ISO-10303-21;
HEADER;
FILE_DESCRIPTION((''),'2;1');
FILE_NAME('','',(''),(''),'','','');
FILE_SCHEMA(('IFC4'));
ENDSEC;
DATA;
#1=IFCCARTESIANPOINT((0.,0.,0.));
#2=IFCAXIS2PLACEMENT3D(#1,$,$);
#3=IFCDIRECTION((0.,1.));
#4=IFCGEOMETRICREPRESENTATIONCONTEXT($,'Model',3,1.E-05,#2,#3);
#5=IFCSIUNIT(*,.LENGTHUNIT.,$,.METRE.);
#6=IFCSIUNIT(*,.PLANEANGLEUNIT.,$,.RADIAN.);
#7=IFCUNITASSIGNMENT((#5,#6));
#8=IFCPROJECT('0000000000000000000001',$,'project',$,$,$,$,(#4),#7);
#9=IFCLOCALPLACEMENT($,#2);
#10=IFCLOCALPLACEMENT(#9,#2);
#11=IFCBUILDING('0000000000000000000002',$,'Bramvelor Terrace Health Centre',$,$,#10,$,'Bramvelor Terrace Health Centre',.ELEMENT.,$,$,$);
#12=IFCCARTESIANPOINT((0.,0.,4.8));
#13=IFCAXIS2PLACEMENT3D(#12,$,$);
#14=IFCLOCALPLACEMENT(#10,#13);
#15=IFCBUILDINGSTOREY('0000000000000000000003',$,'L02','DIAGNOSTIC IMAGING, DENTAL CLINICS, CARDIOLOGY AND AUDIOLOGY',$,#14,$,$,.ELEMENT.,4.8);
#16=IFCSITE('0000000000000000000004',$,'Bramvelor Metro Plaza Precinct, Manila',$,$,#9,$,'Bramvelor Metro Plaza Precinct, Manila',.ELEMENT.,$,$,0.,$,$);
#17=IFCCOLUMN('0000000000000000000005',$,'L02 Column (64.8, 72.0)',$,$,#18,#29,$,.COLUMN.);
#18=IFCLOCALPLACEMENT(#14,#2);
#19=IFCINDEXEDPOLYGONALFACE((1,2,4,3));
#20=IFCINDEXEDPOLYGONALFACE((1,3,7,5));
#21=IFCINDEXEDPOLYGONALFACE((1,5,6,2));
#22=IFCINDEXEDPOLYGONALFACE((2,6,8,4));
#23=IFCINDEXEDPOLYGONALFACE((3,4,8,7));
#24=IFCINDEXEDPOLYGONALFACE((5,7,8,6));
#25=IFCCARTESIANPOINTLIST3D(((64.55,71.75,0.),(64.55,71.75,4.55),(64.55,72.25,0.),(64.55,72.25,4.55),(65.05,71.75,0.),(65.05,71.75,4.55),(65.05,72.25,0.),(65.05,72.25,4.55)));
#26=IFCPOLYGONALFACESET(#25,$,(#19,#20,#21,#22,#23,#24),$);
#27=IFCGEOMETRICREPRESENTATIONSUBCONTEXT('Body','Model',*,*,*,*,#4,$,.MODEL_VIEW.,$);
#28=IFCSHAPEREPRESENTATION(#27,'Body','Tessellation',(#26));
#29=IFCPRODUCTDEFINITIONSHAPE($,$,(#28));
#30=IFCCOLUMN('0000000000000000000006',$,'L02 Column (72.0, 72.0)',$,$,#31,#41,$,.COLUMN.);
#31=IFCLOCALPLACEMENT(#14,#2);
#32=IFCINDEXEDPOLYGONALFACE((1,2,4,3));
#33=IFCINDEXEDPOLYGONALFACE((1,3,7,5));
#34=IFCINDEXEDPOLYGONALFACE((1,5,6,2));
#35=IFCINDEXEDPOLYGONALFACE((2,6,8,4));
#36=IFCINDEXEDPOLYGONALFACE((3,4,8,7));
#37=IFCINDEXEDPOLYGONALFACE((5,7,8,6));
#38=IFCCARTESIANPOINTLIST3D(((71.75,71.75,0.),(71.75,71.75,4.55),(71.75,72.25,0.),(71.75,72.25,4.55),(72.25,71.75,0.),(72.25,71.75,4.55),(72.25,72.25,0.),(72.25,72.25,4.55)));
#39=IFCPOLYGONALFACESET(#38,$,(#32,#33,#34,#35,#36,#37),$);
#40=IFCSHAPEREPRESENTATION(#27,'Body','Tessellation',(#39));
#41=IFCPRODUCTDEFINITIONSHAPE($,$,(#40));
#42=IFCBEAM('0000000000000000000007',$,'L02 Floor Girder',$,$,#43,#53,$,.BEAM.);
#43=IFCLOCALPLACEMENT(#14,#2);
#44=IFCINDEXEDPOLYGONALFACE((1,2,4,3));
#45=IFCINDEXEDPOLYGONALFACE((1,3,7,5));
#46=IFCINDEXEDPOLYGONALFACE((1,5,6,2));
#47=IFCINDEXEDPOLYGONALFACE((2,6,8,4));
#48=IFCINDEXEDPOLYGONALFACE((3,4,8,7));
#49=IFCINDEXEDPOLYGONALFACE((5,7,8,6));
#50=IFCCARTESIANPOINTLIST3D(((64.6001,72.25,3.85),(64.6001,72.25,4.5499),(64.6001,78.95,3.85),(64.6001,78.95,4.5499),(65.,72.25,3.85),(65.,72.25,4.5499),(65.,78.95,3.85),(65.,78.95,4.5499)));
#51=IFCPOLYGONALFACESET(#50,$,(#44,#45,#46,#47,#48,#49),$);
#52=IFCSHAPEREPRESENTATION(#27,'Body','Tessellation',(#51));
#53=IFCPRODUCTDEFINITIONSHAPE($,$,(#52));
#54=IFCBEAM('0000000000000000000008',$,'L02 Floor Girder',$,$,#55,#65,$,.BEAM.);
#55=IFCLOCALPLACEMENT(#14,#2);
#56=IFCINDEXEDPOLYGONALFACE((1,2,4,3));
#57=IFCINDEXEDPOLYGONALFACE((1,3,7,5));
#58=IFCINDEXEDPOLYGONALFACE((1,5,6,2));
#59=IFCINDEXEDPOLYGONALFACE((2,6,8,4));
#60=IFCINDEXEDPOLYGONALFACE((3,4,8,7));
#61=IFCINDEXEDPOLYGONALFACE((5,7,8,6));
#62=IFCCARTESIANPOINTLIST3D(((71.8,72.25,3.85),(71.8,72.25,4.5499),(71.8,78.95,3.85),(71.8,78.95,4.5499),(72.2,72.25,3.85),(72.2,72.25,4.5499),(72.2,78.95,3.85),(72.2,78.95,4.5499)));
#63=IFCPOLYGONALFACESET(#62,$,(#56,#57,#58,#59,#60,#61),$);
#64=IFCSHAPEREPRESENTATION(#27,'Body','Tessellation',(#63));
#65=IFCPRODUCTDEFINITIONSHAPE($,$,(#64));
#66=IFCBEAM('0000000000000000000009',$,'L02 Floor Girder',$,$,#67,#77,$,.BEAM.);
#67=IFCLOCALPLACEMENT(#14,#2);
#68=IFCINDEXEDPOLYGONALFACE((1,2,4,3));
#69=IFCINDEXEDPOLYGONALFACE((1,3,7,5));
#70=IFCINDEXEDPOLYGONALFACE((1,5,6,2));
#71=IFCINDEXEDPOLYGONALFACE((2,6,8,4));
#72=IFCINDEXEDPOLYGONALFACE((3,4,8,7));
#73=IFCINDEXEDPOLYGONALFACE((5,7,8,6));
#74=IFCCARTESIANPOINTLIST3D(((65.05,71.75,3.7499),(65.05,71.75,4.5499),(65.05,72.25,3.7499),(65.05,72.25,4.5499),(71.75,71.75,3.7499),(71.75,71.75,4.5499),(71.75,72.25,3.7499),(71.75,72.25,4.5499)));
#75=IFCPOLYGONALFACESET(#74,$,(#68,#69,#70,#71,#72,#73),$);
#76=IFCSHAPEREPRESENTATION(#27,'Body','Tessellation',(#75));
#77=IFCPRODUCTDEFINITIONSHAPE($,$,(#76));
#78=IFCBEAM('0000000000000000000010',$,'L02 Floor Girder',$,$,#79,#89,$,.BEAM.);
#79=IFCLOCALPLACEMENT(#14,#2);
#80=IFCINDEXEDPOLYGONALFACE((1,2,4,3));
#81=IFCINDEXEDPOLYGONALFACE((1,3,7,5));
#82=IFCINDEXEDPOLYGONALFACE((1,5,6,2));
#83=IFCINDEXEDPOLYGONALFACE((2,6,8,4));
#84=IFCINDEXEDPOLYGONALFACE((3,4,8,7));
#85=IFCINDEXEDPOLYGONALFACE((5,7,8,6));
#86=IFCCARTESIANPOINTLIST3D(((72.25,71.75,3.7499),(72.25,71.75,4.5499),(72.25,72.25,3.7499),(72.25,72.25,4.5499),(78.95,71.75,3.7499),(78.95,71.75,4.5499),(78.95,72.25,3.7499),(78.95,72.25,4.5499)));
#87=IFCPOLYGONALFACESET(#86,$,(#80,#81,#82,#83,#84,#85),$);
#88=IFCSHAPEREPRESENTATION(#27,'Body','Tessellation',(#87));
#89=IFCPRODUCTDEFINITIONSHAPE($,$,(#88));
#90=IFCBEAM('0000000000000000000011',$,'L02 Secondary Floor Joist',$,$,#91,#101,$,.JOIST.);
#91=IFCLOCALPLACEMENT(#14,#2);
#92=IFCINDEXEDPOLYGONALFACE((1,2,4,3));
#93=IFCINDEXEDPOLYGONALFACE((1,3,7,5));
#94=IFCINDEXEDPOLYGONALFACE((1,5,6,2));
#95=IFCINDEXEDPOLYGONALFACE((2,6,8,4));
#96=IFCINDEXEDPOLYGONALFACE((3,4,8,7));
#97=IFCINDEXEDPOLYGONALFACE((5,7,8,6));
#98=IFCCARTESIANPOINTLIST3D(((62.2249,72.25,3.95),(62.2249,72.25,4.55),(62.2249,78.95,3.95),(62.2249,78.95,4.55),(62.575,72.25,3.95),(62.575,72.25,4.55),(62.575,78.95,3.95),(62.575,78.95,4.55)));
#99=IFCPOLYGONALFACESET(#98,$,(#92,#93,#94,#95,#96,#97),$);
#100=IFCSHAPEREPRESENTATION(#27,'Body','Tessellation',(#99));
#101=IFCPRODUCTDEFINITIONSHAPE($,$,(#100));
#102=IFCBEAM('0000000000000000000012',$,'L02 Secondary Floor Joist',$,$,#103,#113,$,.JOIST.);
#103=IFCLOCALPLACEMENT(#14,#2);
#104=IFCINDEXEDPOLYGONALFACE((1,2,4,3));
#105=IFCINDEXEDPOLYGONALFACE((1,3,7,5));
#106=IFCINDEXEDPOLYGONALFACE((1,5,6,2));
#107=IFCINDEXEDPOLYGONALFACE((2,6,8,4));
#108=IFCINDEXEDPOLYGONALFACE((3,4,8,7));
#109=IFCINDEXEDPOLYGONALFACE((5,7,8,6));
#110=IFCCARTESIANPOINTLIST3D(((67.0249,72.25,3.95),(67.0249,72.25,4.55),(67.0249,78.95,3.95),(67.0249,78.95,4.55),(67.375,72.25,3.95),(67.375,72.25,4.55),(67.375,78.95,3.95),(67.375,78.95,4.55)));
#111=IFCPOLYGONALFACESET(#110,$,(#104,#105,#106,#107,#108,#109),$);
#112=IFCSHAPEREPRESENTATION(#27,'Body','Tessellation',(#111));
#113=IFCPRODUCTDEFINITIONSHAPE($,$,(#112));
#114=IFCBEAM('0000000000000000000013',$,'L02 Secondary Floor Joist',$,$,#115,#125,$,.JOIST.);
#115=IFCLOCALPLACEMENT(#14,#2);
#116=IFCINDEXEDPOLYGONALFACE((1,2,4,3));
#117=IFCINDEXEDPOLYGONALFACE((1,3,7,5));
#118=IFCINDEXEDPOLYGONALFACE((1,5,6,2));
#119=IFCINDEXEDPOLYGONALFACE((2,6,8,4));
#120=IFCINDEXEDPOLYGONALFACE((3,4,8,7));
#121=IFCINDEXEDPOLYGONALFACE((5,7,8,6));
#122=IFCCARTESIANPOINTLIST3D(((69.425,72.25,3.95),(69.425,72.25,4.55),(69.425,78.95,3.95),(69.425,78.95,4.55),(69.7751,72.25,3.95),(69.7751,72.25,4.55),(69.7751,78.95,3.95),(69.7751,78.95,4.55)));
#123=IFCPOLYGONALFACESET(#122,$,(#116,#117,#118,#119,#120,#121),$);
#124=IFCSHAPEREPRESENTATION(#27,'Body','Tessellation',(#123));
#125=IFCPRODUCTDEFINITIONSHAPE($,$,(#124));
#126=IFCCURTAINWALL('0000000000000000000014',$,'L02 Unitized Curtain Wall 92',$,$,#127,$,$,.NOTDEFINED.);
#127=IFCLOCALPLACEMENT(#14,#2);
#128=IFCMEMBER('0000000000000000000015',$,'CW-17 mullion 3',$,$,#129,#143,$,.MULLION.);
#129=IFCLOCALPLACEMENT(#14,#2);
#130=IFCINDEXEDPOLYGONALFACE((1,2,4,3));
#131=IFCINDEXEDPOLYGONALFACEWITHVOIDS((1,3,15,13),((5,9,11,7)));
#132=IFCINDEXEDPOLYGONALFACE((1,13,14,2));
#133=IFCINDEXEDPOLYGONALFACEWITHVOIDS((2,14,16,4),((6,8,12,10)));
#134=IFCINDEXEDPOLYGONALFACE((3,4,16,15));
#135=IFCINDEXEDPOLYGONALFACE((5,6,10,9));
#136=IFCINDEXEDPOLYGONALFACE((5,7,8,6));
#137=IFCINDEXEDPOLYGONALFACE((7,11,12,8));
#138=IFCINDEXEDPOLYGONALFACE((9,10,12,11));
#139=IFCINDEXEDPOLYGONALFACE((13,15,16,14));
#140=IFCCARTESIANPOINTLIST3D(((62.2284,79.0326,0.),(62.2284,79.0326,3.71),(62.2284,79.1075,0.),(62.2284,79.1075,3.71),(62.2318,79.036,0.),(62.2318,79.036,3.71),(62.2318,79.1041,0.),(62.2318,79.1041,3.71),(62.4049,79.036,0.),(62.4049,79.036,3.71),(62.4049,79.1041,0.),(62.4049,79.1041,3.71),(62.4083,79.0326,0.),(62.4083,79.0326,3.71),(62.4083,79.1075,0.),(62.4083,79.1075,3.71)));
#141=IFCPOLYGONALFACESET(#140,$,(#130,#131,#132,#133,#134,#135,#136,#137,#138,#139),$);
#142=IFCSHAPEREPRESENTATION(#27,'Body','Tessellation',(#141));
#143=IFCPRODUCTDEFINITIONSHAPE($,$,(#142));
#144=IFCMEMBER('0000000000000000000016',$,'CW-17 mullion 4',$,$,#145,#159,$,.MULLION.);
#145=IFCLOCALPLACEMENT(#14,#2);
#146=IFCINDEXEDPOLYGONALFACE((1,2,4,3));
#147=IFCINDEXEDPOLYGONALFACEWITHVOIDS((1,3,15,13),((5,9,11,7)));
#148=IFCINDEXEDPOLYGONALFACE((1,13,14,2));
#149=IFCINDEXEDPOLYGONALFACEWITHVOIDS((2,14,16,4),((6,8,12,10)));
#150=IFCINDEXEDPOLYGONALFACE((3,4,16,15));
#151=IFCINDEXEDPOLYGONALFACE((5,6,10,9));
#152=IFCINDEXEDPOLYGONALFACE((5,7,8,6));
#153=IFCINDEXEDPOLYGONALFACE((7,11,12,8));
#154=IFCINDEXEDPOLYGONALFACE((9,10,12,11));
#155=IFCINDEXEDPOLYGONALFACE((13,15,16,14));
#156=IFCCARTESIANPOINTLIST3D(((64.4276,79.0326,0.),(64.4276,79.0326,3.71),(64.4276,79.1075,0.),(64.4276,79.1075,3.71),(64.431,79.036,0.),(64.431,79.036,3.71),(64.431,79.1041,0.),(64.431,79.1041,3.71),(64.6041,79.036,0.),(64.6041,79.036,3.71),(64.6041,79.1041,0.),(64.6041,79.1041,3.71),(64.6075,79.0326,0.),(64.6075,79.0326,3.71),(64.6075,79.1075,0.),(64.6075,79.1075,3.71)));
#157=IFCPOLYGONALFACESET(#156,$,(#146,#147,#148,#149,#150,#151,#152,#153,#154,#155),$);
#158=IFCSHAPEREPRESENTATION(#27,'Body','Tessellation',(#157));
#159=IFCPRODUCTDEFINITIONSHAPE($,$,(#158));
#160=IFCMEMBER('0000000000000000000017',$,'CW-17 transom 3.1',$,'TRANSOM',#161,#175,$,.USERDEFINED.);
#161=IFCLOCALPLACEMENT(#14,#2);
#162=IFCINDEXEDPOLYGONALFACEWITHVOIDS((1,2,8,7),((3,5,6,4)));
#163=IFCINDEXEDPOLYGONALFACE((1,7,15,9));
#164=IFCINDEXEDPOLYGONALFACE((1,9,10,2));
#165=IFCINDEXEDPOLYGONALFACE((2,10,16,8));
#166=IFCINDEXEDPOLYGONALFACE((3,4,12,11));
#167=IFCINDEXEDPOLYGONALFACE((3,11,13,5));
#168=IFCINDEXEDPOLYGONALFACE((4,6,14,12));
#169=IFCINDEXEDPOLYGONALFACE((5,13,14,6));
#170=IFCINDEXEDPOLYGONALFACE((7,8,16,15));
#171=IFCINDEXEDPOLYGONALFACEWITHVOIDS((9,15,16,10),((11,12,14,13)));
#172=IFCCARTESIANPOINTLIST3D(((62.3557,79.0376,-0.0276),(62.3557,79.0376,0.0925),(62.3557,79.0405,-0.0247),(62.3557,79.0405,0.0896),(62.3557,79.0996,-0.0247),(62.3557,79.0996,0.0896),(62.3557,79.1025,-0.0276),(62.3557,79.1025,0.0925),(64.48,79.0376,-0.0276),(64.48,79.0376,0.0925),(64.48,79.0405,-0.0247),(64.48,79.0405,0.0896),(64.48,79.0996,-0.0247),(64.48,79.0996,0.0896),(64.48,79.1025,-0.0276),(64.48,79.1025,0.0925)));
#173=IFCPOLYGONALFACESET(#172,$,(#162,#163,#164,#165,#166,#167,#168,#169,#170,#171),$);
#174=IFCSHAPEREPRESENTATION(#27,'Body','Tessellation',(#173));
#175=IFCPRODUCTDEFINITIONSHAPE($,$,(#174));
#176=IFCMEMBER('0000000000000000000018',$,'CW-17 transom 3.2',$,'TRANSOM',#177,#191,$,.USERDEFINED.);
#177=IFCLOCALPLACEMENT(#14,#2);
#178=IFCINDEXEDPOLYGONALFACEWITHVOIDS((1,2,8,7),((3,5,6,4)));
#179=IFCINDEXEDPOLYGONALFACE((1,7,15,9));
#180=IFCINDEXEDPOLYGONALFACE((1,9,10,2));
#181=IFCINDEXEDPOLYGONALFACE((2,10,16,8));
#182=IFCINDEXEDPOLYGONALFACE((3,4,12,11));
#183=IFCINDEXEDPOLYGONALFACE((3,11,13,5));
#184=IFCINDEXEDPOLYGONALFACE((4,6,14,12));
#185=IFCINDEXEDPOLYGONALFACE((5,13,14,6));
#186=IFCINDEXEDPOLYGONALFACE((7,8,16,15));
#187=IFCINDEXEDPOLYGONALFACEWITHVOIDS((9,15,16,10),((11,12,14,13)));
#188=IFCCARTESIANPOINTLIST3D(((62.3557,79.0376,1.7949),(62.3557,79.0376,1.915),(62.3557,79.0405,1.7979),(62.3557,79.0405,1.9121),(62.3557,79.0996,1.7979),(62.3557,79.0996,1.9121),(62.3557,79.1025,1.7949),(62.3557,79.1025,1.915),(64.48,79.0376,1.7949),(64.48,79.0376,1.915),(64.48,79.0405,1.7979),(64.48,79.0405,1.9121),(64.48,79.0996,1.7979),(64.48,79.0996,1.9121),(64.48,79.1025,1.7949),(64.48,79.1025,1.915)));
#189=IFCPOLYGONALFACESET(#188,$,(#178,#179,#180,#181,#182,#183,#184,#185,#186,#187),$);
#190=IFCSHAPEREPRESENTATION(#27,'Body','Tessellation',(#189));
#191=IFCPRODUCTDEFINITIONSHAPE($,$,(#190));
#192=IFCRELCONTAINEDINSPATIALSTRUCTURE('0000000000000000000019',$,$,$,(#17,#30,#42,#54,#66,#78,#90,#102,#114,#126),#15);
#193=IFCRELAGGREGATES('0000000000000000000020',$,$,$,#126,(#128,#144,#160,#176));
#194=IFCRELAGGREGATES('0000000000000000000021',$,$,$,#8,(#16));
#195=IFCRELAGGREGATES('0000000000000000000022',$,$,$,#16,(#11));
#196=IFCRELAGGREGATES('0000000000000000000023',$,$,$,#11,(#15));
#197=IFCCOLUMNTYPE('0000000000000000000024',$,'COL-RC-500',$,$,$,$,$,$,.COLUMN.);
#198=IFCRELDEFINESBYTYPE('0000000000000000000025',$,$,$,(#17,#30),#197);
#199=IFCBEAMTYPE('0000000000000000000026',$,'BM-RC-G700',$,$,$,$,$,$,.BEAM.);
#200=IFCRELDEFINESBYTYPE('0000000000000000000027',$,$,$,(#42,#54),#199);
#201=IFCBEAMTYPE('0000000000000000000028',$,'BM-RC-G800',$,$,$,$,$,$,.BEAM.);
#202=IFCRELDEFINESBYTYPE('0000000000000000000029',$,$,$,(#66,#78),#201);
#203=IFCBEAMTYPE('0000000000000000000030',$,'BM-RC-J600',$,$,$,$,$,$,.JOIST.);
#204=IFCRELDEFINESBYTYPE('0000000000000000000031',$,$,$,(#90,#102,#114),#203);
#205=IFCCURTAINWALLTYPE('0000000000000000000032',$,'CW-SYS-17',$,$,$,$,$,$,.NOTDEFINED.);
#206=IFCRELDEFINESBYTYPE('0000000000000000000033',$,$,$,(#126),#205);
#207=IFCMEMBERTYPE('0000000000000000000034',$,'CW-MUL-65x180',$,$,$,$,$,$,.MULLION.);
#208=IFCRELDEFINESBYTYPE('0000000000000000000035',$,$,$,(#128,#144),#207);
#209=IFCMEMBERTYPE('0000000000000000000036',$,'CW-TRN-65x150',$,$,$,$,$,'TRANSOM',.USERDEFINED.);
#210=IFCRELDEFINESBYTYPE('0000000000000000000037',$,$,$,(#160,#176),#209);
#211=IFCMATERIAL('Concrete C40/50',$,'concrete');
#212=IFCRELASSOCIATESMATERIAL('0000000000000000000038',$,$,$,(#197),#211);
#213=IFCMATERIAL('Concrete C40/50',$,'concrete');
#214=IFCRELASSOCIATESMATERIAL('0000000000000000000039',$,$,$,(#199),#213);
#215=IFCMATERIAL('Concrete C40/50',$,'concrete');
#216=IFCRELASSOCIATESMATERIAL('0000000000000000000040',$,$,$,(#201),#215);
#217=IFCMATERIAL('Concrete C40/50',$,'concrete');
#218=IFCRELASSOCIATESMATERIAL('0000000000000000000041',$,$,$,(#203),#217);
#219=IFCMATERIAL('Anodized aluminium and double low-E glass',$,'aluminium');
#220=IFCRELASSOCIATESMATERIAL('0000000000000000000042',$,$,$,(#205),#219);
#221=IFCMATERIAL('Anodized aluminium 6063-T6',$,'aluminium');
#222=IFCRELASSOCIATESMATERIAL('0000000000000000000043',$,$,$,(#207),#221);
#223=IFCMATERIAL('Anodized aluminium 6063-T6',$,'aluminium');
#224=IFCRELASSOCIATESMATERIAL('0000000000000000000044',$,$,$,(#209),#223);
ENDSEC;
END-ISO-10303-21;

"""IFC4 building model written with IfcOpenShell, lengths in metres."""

from ifc_helpers import new_model, si_unit, direction, frame, origin, origin_2d, place, context, subcontext, project, spatial, rectangle, hollow_rectangle, extrude, material, material_profile, profile_set, type_object, element, aggregate, save


model = new_model("IFC4")

# Units and contexts
model_context = context("Model", 3, precision=1e-05, world=origin(), true_north=direction((0.0, 1.0)))
body_context = subcontext(model_context, "Body", "Model", "MODEL_VIEW")
ifc_project = project(units=[si_unit("LENGTHUNIT", "METRE"), si_unit("PLANEANGLEUNIT", "RADIAN")], contexts=[model_context])

# Site, building, storey
site_placement = place(None, origin())
site = spatial("IfcSite", under=ifc_project, at=site_placement, Name="Bramvelor Metro Plaza Precinct, Manila", LongName="Bramvelor Metro Plaza Precinct, Manila", CompositionType="ELEMENT", RefElevation=0.0)
building_placement = place(site_placement, origin())
building = spatial("IfcBuilding", under=site, at=building_placement, Name="Bramvelor Terrace Health Centre", LongName="Bramvelor Terrace Health Centre", CompositionType="ELEMENT")
storey_placement = place(building_placement, frame((0.0, 0.0, 4.8)))
storey = spatial("IfcBuildingStorey", under=building, at=storey_placement, Name="L02", Description="DIAGNOSTIC IMAGING, DENTAL CLINICS, CARDIOLOGY AND AUDIOLOGY", CompositionType="ELEMENT", Elevation=4.8)

# Columns
ifc_material_1 = material(Name="Concrete C40/50", Category="concrete")
ifc_material_profile_1 = material_profile(ifc_material_1, rectangle(XDim=0.5, YDim=0.5, at=origin_2d()), Name="RC 500x500")
ifc_profile_set_1 = profile_set([ifc_material_profile_1], Name="Concrete C40/50")
column_type = type_object("IfcColumnType", Name="COL-RC-500", PredefinedType="COLUMN", material=ifc_profile_set_1)
for number, where, z_axis, x_axis, name in (
    (1, (64.8, 72.0, 0.0), (0.0, 0.0, 1.0), (1.0, 0.0, 0.0), "L02 Column (64.8, 72.0)"),
    (2, (72.0, 72.0, 0.0), (0.0, 0.0, 1.0), (1.0, 0.0, 0.0), "L02 Column (72.0, 72.0)"),
):
    element("IfcColumn", number, at=place(storey_placement, frame(where, z_axis=z_axis, x_axis=x_axis)), inside=storey, type_object=column_type, Name=name, PredefinedType="COLUMN", context=body_context, shape_type="SweptSolid", body=[
        extrude(rectangle(XDim=0.5, YDim=0.5, at=origin_2d()), origin(), (0.0, 0.0, 1.0), 4.55),
    ])

# Beams
ifc_material_2 = material(Name="Concrete C40/50", Category="concrete")
ifc_material_profile_2 = material_profile(ifc_material_2, rectangle(XDim=0.3999, YDim=0.7, at=origin_2d()), Name="RC 400x700")
ifc_profile_set_2 = profile_set([ifc_material_profile_2], Name="Concrete C40/50")
beam_type_1 = type_object("IfcBeamType", Name="BM-RC-G700", PredefinedType="BEAM", material=ifc_profile_set_2)
for number, where, z_axis, x_axis, name in (
    (3, (64.8, 72.25, 4.2), (0.0, 1.0, 0.0), (-1.0, 0.0, 0.0), "L02 Floor Girder"),
    (4, (72.0, 72.25, 4.2), (0.0, 1.0, 0.0), (-1.0, 0.0, 0.0), "L02 Floor Girder"),
):
    element("IfcBeam", number, at=place(storey_placement, frame(where, z_axis=z_axis, x_axis=x_axis)), inside=storey, type_object=beam_type_1, Name=name, PredefinedType="BEAM", context=body_context, shape_type="SweptSolid", body=[
        extrude(rectangle(XDim=0.3999, YDim=0.7, at=origin_2d()), origin(), (0.0, 0.0, 1.0), 6.7),
    ])
ifc_material_3 = material(Name="Concrete C40/50", Category="concrete")
ifc_material_profile_3 = material_profile(ifc_material_3, rectangle(XDim=0.5, YDim=0.8, at=origin_2d()), Name="RC 500x800")
ifc_profile_set_3 = profile_set([ifc_material_profile_3], Name="Concrete C40/50")
beam_type_2 = type_object("IfcBeamType", Name="BM-RC-G800", PredefinedType="BEAM", material=ifc_profile_set_3)
for number, where, z_axis, x_axis, name in (
    (5, (65.05, 72.0, 4.1499), (1.0, 0.0, 0.0), (0.0, 1.0, 0.0), "L02 Floor Girder"),
    (6, (72.25, 72.0, 4.1499), (1.0, 0.0, 0.0), (0.0, 1.0, 0.0), "L02 Floor Girder"),
):
    element("IfcBeam", number, at=place(storey_placement, frame(where, z_axis=z_axis, x_axis=x_axis)), inside=storey, type_object=beam_type_2, Name=name, PredefinedType="BEAM", context=body_context, shape_type="SweptSolid", body=[
        extrude(rectangle(XDim=0.5, YDim=0.8, at=origin_2d()), origin(), (0.0, 0.0, 1.0), 6.7),
    ])
ifc_material_4 = material(Name="Concrete C40/50", Category="concrete")
ifc_material_profile_4 = material_profile(ifc_material_4, rectangle(XDim=0.3501, YDim=0.6001, at=origin_2d()), Name="RC 350x600")
ifc_profile_set_4 = profile_set([ifc_material_profile_4], Name="Concrete C40/50")
beam_type_3 = type_object("IfcBeamType", Name="BM-RC-J600", PredefinedType="JOIST", material=ifc_profile_set_4)
for number, where, z_axis, x_axis, name in (
    (7, (62.3999, 72.25, 4.25), (0.0, 1.0, 0.0), (-1.0, 0.0, 0.0), "L02 Secondary Floor Joist"),
    (8, (67.2, 72.25, 4.25), (0.0, 1.0, 0.0), (-1.0, 0.0, 0.0), "L02 Secondary Floor Joist"),
    (9, (69.6001, 72.25, 4.25), (0.0, 1.0, 0.0), (-1.0, 0.0, 0.0), "L02 Secondary Floor Joist"),
):
    element("IfcBeam", number, at=place(storey_placement, frame(where, z_axis=z_axis, x_axis=x_axis)), inside=storey, type_object=beam_type_3, Name=name, PredefinedType="JOIST", context=body_context, shape_type="SweptSolid", body=[
        extrude(rectangle(XDim=0.3501, YDim=0.6001, at=origin_2d()), origin(), (0.0, 0.0, 1.0), 6.7),
    ])

# Curtain wall, members
ifc_material_5 = material(Name="Anodized aluminium and double low-E glass", Category="aluminium")
curtain_wall_type = type_object("IfcCurtainWallType", Name="CW-SYS-17", PredefinedType="NOTDEFINED", material=ifc_material_5)
curtain_wall_placement = place(storey_placement, origin())
curtain_wall = element("IfcCurtainWall", 10, at=curtain_wall_placement, inside=storey, type_object=curtain_wall_type, Name="L02 Unitized Curtain Wall 92", PredefinedType="NOTDEFINED")
ifc_material_6 = material(Name="Anodized aluminium 6063-T6", Category="aluminium")
ifc_material_profile_5 = material_profile(ifc_material_6, hollow_rectangle(XDim=0.075, YDim=0.1799, WallThickness=0.0034, at=origin_2d()), Name="ALU-MUL 75x180x3.5")
ifc_profile_set_5 = profile_set([ifc_material_profile_5], Name="Anodized aluminium 6063-T6")
member_type_1 = type_object("IfcMemberType", Name="CW-MUL-65x180", PredefinedType="MULLION", material=ifc_profile_set_5)
member_1_placement = place(storey_placement, frame((62.3184, 79.0701, 0.0), z_axis=(0.0, 0.0, 1.0), x_axis=(0.0, 1.0, 0.0)))
member_1 = element("IfcMember", 11, at=member_1_placement, type_object=member_type_1, Name="CW-17 mullion 3", PredefinedType="MULLION", context=body_context, shape_type="SweptSolid", body=[
    extrude(hollow_rectangle(XDim=0.075, YDim=0.1799, WallThickness=0.0034, at=origin_2d()), origin(), (0.0, 0.0, 1.0), 3.71),
])
member_2_placement = place(storey_placement, frame((64.5176, 79.0701, 0.0), z_axis=(0.0, 0.0, 1.0), x_axis=(0.0, 1.0, 0.0)))
member_2 = element("IfcMember", 12, at=member_2_placement, type_object=member_type_1, Name="CW-17 mullion 4", PredefinedType="MULLION", context=body_context, shape_type="SweptSolid", body=[
    extrude(hollow_rectangle(XDim=0.075, YDim=0.1799, WallThickness=0.0034, at=origin_2d()), origin(), (0.0, 0.0, 1.0), 3.71),
])
ifc_material_7 = material(Name="Anodized aluminium 6063-T6", Category="aluminium")
ifc_material_profile_6 = material_profile(ifc_material_7, hollow_rectangle(XDim=0.0649, YDim=0.1201, WallThickness=0.0029, at=origin_2d()), Name="ALU-TRN 65x120x3.0")
ifc_profile_set_6 = profile_set([ifc_material_profile_6], Name="Anodized aluminium 6063-T6")
member_type_2 = type_object("IfcMemberType", Name="CW-TRN-65x150", ElementType="TRANSOM", PredefinedType="USERDEFINED", material=ifc_profile_set_6)
member_3_placement = place(storey_placement, frame((62.3557, 79.0701, 0.0325), z_axis=(1.0, 0.0, 0.0), x_axis=(0.0, 1.0, 0.0)))
member_3 = element("IfcMember", 13, at=member_3_placement, type_object=member_type_2, Name="CW-17 transom 3.1", ObjectType="TRANSOM", PredefinedType="USERDEFINED", context=body_context, shape_type="SweptSolid", body=[
    extrude(hollow_rectangle(XDim=0.0649, YDim=0.1201, WallThickness=0.0029, at=origin_2d()), origin(), (0.0, 0.0, 1.0), 2.1243),
])
member_4_placement = place(storey_placement, frame((62.3557, 79.0701, 1.855), z_axis=(1.0, 0.0, 0.0), x_axis=(0.0, 1.0, 0.0)))
member_4 = element("IfcMember", 14, at=member_4_placement, type_object=member_type_2, Name="CW-17 transom 3.2", ObjectType="TRANSOM", PredefinedType="USERDEFINED", context=body_context, shape_type="SweptSolid", body=[
    extrude(hollow_rectangle(XDim=0.0649, YDim=0.1201, WallThickness=0.0029, at=origin_2d()), origin(), (0.0, 0.0, 1.0), 2.1243),
])
aggregate(curtain_wall, [member_1, member_2, member_3, member_4])

save(model, "model.ifc")
